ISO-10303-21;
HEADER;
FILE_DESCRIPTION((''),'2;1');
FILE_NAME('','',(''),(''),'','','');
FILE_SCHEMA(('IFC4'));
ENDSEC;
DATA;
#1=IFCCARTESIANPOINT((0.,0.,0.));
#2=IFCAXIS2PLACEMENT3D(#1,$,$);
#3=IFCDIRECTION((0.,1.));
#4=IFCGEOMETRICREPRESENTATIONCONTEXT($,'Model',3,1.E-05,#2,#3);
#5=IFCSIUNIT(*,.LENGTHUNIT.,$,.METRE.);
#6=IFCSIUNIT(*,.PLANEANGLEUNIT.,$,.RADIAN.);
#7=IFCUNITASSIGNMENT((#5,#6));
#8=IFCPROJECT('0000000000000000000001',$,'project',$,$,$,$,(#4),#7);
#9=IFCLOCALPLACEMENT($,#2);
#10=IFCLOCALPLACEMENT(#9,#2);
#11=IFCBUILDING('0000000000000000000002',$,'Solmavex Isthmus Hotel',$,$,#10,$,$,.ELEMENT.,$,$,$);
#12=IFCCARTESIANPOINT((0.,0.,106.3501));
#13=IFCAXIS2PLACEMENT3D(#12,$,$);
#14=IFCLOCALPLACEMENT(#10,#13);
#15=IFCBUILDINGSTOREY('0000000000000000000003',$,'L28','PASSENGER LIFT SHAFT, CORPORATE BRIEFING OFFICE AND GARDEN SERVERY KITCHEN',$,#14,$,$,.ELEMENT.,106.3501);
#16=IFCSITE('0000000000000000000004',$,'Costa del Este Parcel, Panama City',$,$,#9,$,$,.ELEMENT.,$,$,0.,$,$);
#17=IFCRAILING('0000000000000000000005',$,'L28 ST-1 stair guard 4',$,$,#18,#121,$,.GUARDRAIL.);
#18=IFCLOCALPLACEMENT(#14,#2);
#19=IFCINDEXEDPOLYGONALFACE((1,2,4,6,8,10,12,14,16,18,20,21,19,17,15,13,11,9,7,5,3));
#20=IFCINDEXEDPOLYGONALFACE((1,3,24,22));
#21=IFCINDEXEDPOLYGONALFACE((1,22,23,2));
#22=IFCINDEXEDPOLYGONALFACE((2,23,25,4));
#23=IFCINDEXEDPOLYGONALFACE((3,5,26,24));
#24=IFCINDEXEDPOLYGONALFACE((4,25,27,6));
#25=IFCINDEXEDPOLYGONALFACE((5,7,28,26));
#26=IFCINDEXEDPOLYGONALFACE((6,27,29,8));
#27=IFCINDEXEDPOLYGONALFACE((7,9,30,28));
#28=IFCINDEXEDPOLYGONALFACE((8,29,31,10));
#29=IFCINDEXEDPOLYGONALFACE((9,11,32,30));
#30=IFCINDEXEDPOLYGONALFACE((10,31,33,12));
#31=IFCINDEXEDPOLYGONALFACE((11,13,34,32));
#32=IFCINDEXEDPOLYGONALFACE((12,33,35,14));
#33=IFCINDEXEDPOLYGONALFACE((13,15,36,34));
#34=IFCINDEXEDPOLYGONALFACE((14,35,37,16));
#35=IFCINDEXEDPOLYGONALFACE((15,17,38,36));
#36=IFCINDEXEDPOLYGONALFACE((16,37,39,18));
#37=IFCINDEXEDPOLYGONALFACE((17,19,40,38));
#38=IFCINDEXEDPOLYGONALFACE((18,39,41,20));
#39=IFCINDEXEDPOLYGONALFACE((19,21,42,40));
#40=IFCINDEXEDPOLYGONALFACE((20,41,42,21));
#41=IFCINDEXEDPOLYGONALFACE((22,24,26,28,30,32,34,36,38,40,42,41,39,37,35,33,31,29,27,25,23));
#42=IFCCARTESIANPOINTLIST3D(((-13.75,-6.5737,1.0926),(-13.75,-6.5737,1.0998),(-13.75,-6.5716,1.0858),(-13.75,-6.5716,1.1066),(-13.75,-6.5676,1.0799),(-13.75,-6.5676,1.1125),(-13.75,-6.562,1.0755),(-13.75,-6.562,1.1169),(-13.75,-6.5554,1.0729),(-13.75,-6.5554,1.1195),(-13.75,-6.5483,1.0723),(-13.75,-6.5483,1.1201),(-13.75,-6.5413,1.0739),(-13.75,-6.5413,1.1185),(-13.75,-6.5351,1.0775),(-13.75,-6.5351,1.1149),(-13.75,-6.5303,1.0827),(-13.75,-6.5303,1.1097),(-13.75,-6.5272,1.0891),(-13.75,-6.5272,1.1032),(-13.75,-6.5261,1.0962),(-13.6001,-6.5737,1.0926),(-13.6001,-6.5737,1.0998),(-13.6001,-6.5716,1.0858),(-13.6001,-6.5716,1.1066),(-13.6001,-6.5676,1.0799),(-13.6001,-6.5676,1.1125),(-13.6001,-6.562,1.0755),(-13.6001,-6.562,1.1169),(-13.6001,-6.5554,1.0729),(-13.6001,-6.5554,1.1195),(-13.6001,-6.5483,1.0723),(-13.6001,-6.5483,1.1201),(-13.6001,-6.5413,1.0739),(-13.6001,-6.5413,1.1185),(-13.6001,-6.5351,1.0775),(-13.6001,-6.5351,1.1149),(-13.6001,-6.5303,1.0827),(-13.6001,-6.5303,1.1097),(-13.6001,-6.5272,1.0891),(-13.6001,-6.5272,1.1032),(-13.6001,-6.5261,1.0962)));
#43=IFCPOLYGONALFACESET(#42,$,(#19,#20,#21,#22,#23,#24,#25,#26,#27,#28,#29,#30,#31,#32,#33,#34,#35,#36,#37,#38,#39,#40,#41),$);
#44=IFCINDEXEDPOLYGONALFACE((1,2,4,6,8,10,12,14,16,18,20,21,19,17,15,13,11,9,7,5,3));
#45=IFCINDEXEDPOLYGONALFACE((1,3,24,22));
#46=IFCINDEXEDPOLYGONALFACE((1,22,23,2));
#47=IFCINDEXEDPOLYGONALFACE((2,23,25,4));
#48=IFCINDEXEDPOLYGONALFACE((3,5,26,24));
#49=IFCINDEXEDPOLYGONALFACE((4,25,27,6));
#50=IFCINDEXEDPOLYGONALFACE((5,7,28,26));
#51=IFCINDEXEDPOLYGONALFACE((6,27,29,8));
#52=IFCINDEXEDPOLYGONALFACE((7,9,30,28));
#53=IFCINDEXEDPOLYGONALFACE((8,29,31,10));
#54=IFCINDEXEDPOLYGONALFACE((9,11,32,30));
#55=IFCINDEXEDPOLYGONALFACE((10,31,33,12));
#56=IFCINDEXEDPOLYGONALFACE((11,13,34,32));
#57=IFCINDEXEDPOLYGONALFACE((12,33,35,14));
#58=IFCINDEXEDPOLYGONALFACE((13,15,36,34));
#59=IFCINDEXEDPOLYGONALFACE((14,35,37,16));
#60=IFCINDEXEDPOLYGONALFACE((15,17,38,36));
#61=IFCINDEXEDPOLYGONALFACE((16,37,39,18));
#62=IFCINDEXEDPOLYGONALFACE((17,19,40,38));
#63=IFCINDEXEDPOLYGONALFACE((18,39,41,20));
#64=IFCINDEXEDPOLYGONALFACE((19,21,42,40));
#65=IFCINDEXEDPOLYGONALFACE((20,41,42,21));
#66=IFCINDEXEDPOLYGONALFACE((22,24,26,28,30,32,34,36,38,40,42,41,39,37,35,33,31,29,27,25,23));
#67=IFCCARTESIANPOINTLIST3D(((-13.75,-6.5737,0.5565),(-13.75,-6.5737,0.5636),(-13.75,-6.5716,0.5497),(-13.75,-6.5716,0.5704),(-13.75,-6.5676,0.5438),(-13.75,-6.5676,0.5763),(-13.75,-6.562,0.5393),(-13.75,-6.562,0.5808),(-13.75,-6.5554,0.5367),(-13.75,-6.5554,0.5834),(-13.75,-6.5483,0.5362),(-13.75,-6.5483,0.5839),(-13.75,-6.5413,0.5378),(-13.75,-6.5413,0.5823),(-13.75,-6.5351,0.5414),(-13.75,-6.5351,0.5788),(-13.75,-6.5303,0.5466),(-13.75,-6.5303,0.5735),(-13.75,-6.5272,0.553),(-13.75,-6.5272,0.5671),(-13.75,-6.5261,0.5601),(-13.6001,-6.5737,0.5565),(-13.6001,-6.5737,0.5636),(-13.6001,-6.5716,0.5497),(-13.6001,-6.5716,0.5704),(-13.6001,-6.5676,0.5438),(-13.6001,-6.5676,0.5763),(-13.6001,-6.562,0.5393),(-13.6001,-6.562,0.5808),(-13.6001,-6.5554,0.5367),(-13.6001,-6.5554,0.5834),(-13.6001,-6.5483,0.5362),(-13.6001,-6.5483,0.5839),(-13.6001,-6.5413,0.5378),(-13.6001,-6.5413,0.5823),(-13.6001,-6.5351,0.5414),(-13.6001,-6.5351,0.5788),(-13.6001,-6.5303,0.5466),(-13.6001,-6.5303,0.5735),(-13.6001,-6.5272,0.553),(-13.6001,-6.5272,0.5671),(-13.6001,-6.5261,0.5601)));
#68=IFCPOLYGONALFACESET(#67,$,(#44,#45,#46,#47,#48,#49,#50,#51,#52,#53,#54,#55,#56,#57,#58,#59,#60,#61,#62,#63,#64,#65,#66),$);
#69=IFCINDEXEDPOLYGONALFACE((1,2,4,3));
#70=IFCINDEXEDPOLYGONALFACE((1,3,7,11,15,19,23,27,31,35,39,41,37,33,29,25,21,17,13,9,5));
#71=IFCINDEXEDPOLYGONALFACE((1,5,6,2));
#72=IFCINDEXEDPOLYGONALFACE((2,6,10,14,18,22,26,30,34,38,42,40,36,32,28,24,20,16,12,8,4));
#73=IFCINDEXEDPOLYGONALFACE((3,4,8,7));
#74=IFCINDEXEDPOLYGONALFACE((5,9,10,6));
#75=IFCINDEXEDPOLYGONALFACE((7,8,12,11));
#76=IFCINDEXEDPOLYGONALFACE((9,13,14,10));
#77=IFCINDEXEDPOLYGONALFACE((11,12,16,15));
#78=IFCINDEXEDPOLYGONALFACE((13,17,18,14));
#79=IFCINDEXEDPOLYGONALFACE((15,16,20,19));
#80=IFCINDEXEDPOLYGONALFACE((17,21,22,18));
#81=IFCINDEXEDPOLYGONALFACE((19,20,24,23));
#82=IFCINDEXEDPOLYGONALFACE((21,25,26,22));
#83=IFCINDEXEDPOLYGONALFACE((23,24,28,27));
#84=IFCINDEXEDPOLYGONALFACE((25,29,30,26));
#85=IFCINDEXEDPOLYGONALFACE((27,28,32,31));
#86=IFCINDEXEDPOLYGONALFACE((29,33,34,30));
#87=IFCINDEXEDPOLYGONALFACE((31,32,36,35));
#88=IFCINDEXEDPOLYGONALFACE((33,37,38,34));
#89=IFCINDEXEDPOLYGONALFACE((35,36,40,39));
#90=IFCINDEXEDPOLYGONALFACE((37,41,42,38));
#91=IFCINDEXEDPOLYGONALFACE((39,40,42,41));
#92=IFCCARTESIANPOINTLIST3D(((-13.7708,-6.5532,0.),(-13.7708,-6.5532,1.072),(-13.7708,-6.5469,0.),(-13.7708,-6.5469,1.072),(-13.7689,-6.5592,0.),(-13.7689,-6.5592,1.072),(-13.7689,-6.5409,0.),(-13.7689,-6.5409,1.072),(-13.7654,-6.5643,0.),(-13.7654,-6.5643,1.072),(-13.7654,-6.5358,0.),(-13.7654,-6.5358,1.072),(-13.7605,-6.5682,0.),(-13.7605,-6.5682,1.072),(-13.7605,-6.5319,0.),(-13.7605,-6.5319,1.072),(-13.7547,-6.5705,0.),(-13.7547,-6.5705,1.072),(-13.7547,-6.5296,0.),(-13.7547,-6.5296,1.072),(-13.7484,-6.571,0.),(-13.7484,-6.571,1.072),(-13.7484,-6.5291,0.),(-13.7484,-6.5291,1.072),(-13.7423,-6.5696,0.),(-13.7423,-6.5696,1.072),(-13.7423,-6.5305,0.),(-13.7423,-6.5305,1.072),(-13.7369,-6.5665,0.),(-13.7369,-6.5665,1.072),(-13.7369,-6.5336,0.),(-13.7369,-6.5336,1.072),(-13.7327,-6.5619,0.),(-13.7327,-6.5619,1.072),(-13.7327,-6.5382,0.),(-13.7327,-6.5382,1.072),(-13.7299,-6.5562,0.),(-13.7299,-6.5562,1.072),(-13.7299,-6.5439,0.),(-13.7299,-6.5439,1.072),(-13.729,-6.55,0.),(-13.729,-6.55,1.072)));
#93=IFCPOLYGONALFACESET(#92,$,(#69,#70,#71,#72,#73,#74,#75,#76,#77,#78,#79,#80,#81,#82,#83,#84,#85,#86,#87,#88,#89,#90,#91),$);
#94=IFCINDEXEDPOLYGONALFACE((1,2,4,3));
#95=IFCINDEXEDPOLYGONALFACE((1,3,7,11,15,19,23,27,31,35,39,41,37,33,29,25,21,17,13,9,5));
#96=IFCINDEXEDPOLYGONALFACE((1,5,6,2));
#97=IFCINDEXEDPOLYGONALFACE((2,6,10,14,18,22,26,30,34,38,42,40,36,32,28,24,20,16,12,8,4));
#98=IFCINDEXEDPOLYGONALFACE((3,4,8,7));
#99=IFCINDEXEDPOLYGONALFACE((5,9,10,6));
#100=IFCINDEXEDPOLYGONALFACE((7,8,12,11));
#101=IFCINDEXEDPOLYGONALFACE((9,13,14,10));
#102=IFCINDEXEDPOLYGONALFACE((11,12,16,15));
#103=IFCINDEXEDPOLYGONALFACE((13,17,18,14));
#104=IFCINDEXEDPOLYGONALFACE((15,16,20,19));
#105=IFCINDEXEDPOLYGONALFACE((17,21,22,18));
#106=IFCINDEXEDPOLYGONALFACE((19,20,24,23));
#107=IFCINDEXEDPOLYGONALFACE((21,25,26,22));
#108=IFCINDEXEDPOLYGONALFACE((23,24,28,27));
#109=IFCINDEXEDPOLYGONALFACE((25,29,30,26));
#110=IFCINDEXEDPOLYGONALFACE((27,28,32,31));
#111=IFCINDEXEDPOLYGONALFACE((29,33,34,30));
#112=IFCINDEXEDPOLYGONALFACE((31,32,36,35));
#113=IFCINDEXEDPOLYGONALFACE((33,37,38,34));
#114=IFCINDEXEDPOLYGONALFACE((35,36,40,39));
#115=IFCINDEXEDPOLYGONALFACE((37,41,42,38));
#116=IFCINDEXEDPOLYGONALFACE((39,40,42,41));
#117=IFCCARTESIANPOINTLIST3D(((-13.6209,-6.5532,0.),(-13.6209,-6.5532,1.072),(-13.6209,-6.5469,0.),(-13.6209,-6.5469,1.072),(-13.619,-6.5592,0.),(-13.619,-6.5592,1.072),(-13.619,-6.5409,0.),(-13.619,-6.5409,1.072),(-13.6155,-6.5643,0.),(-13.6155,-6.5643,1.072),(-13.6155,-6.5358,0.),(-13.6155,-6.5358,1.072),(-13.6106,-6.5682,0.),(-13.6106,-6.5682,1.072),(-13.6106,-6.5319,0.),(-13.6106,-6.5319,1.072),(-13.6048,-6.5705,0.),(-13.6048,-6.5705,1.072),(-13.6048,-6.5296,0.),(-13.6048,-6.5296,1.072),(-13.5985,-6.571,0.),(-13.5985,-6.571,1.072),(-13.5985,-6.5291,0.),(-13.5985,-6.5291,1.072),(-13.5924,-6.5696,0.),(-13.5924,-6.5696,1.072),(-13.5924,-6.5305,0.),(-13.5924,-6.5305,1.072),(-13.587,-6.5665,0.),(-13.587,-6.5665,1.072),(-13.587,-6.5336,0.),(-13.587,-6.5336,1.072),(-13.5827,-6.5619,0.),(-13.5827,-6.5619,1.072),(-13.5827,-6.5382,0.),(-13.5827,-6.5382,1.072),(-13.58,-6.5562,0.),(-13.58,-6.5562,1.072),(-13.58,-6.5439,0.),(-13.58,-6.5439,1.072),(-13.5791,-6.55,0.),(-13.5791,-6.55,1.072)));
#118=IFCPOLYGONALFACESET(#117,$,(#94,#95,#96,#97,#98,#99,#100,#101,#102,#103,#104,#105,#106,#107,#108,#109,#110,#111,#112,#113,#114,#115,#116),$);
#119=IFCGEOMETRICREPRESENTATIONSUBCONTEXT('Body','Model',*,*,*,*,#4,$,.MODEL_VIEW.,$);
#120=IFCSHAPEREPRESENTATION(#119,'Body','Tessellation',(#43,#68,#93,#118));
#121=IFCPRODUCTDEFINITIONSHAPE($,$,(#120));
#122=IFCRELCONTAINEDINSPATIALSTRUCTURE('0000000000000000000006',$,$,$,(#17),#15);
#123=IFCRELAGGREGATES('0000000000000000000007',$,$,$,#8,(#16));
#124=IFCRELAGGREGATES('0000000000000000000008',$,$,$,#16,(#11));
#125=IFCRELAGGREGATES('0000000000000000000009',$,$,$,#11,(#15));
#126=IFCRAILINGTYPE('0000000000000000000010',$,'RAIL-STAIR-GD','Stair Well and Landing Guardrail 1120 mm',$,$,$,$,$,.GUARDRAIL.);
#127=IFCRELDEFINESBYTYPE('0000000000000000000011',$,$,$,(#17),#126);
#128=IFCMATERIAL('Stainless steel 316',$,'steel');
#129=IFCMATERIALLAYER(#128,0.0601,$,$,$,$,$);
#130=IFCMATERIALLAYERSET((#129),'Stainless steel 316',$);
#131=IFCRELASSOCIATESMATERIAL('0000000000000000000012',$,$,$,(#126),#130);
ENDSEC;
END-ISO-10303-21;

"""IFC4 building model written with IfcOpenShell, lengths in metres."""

from ifc_helpers import new_model, si_unit, direction, frame, origin, origin_2d, place, context, subcontext, project, spatial, circle, extrude, material, layer, layer_set, type_object, element, save


model = new_model("IFC4")

# Units and contexts
model_context = context("Model", 3, precision=1e-05, world=origin(), true_north=direction((0.0, 1.0)))
body_context = subcontext(model_context, "Body", "Model", "MODEL_VIEW")
ifc_project = project(units=[si_unit("LENGTHUNIT", "METRE"), si_unit("PLANEANGLEUNIT", "RADIAN")], contexts=[model_context])

# Site, building, storey
site_placement = place(None, origin())
site = spatial("IfcSite", under=ifc_project, at=site_placement, Name="Costa del Este Parcel, Panama City", CompositionType="ELEMENT", RefElevation=0.0)
building_placement = place(site_placement, origin())
building = spatial("IfcBuilding", under=site, at=building_placement, Name="Solmavex Isthmus Hotel", CompositionType="ELEMENT")
storey_placement = place(building_placement, frame((0.0, 0.0, 106.3501)))
storey = spatial("IfcBuildingStorey", under=building, at=storey_placement, Name="L28", Description="PASSENGER LIFT SHAFT, CORPORATE BRIEFING OFFICE AND GARDEN SERVERY KITCHEN", CompositionType="ELEMENT", Elevation=106.3501)

# Shared definitions
ifc_material_1 = material(Name="Stainless steel 316", Category="steel")

# Railing
ifc_layer_1 = layer(ifc_material_1, 0.0601)
ifc_layer_set_1 = layer_set([ifc_layer_1], Name="Stainless steel 316")
railing_type_1 = type_object("IfcRailingType", Name="RAIL-STAIR-GD", Description="Stair Well and Landing Guardrail 1120 mm", PredefinedType="GUARDRAIL", material=ifc_layer_set_1)
railing_1_placement = place(storey_placement, frame((-13.75, -6.55, 0.0)))
element("IfcRailing", 1, at=railing_1_placement, inside=storey, type_object=railing_type_1, Name="L28 ST-1 stair guard 4", PredefinedType="GUARDRAIL", context=body_context, shape_type="SweptSolid", body=[
    extrude(circle(Radius=0.0239, at=origin_2d()), frame((0.0, 0.0, 1.0962), z_axis=(1.0, 0.0, 0.0), x_axis=(0.0, 1.0, 0.0)), (0.0, 0.0, 1.0), 0.1499),
    extrude(circle(Radius=0.0239, at=origin_2d()), frame((0.0, 0.0, 0.5601), z_axis=(1.0, 0.0, 0.0), x_axis=(0.0, 1.0, 0.0)), (0.0, 0.0, 1.0), 0.1499),
    extrude(circle(Radius=0.021, at=origin_2d()), origin(), (0.0, 0.0, 1.0), 1.072),
    extrude(circle(Radius=0.021, at=origin_2d()), frame((0.1499, 0.0, 0.0)), (0.0, 0.0, 1.0), 1.072),
])

save(model, "model.ifc")
